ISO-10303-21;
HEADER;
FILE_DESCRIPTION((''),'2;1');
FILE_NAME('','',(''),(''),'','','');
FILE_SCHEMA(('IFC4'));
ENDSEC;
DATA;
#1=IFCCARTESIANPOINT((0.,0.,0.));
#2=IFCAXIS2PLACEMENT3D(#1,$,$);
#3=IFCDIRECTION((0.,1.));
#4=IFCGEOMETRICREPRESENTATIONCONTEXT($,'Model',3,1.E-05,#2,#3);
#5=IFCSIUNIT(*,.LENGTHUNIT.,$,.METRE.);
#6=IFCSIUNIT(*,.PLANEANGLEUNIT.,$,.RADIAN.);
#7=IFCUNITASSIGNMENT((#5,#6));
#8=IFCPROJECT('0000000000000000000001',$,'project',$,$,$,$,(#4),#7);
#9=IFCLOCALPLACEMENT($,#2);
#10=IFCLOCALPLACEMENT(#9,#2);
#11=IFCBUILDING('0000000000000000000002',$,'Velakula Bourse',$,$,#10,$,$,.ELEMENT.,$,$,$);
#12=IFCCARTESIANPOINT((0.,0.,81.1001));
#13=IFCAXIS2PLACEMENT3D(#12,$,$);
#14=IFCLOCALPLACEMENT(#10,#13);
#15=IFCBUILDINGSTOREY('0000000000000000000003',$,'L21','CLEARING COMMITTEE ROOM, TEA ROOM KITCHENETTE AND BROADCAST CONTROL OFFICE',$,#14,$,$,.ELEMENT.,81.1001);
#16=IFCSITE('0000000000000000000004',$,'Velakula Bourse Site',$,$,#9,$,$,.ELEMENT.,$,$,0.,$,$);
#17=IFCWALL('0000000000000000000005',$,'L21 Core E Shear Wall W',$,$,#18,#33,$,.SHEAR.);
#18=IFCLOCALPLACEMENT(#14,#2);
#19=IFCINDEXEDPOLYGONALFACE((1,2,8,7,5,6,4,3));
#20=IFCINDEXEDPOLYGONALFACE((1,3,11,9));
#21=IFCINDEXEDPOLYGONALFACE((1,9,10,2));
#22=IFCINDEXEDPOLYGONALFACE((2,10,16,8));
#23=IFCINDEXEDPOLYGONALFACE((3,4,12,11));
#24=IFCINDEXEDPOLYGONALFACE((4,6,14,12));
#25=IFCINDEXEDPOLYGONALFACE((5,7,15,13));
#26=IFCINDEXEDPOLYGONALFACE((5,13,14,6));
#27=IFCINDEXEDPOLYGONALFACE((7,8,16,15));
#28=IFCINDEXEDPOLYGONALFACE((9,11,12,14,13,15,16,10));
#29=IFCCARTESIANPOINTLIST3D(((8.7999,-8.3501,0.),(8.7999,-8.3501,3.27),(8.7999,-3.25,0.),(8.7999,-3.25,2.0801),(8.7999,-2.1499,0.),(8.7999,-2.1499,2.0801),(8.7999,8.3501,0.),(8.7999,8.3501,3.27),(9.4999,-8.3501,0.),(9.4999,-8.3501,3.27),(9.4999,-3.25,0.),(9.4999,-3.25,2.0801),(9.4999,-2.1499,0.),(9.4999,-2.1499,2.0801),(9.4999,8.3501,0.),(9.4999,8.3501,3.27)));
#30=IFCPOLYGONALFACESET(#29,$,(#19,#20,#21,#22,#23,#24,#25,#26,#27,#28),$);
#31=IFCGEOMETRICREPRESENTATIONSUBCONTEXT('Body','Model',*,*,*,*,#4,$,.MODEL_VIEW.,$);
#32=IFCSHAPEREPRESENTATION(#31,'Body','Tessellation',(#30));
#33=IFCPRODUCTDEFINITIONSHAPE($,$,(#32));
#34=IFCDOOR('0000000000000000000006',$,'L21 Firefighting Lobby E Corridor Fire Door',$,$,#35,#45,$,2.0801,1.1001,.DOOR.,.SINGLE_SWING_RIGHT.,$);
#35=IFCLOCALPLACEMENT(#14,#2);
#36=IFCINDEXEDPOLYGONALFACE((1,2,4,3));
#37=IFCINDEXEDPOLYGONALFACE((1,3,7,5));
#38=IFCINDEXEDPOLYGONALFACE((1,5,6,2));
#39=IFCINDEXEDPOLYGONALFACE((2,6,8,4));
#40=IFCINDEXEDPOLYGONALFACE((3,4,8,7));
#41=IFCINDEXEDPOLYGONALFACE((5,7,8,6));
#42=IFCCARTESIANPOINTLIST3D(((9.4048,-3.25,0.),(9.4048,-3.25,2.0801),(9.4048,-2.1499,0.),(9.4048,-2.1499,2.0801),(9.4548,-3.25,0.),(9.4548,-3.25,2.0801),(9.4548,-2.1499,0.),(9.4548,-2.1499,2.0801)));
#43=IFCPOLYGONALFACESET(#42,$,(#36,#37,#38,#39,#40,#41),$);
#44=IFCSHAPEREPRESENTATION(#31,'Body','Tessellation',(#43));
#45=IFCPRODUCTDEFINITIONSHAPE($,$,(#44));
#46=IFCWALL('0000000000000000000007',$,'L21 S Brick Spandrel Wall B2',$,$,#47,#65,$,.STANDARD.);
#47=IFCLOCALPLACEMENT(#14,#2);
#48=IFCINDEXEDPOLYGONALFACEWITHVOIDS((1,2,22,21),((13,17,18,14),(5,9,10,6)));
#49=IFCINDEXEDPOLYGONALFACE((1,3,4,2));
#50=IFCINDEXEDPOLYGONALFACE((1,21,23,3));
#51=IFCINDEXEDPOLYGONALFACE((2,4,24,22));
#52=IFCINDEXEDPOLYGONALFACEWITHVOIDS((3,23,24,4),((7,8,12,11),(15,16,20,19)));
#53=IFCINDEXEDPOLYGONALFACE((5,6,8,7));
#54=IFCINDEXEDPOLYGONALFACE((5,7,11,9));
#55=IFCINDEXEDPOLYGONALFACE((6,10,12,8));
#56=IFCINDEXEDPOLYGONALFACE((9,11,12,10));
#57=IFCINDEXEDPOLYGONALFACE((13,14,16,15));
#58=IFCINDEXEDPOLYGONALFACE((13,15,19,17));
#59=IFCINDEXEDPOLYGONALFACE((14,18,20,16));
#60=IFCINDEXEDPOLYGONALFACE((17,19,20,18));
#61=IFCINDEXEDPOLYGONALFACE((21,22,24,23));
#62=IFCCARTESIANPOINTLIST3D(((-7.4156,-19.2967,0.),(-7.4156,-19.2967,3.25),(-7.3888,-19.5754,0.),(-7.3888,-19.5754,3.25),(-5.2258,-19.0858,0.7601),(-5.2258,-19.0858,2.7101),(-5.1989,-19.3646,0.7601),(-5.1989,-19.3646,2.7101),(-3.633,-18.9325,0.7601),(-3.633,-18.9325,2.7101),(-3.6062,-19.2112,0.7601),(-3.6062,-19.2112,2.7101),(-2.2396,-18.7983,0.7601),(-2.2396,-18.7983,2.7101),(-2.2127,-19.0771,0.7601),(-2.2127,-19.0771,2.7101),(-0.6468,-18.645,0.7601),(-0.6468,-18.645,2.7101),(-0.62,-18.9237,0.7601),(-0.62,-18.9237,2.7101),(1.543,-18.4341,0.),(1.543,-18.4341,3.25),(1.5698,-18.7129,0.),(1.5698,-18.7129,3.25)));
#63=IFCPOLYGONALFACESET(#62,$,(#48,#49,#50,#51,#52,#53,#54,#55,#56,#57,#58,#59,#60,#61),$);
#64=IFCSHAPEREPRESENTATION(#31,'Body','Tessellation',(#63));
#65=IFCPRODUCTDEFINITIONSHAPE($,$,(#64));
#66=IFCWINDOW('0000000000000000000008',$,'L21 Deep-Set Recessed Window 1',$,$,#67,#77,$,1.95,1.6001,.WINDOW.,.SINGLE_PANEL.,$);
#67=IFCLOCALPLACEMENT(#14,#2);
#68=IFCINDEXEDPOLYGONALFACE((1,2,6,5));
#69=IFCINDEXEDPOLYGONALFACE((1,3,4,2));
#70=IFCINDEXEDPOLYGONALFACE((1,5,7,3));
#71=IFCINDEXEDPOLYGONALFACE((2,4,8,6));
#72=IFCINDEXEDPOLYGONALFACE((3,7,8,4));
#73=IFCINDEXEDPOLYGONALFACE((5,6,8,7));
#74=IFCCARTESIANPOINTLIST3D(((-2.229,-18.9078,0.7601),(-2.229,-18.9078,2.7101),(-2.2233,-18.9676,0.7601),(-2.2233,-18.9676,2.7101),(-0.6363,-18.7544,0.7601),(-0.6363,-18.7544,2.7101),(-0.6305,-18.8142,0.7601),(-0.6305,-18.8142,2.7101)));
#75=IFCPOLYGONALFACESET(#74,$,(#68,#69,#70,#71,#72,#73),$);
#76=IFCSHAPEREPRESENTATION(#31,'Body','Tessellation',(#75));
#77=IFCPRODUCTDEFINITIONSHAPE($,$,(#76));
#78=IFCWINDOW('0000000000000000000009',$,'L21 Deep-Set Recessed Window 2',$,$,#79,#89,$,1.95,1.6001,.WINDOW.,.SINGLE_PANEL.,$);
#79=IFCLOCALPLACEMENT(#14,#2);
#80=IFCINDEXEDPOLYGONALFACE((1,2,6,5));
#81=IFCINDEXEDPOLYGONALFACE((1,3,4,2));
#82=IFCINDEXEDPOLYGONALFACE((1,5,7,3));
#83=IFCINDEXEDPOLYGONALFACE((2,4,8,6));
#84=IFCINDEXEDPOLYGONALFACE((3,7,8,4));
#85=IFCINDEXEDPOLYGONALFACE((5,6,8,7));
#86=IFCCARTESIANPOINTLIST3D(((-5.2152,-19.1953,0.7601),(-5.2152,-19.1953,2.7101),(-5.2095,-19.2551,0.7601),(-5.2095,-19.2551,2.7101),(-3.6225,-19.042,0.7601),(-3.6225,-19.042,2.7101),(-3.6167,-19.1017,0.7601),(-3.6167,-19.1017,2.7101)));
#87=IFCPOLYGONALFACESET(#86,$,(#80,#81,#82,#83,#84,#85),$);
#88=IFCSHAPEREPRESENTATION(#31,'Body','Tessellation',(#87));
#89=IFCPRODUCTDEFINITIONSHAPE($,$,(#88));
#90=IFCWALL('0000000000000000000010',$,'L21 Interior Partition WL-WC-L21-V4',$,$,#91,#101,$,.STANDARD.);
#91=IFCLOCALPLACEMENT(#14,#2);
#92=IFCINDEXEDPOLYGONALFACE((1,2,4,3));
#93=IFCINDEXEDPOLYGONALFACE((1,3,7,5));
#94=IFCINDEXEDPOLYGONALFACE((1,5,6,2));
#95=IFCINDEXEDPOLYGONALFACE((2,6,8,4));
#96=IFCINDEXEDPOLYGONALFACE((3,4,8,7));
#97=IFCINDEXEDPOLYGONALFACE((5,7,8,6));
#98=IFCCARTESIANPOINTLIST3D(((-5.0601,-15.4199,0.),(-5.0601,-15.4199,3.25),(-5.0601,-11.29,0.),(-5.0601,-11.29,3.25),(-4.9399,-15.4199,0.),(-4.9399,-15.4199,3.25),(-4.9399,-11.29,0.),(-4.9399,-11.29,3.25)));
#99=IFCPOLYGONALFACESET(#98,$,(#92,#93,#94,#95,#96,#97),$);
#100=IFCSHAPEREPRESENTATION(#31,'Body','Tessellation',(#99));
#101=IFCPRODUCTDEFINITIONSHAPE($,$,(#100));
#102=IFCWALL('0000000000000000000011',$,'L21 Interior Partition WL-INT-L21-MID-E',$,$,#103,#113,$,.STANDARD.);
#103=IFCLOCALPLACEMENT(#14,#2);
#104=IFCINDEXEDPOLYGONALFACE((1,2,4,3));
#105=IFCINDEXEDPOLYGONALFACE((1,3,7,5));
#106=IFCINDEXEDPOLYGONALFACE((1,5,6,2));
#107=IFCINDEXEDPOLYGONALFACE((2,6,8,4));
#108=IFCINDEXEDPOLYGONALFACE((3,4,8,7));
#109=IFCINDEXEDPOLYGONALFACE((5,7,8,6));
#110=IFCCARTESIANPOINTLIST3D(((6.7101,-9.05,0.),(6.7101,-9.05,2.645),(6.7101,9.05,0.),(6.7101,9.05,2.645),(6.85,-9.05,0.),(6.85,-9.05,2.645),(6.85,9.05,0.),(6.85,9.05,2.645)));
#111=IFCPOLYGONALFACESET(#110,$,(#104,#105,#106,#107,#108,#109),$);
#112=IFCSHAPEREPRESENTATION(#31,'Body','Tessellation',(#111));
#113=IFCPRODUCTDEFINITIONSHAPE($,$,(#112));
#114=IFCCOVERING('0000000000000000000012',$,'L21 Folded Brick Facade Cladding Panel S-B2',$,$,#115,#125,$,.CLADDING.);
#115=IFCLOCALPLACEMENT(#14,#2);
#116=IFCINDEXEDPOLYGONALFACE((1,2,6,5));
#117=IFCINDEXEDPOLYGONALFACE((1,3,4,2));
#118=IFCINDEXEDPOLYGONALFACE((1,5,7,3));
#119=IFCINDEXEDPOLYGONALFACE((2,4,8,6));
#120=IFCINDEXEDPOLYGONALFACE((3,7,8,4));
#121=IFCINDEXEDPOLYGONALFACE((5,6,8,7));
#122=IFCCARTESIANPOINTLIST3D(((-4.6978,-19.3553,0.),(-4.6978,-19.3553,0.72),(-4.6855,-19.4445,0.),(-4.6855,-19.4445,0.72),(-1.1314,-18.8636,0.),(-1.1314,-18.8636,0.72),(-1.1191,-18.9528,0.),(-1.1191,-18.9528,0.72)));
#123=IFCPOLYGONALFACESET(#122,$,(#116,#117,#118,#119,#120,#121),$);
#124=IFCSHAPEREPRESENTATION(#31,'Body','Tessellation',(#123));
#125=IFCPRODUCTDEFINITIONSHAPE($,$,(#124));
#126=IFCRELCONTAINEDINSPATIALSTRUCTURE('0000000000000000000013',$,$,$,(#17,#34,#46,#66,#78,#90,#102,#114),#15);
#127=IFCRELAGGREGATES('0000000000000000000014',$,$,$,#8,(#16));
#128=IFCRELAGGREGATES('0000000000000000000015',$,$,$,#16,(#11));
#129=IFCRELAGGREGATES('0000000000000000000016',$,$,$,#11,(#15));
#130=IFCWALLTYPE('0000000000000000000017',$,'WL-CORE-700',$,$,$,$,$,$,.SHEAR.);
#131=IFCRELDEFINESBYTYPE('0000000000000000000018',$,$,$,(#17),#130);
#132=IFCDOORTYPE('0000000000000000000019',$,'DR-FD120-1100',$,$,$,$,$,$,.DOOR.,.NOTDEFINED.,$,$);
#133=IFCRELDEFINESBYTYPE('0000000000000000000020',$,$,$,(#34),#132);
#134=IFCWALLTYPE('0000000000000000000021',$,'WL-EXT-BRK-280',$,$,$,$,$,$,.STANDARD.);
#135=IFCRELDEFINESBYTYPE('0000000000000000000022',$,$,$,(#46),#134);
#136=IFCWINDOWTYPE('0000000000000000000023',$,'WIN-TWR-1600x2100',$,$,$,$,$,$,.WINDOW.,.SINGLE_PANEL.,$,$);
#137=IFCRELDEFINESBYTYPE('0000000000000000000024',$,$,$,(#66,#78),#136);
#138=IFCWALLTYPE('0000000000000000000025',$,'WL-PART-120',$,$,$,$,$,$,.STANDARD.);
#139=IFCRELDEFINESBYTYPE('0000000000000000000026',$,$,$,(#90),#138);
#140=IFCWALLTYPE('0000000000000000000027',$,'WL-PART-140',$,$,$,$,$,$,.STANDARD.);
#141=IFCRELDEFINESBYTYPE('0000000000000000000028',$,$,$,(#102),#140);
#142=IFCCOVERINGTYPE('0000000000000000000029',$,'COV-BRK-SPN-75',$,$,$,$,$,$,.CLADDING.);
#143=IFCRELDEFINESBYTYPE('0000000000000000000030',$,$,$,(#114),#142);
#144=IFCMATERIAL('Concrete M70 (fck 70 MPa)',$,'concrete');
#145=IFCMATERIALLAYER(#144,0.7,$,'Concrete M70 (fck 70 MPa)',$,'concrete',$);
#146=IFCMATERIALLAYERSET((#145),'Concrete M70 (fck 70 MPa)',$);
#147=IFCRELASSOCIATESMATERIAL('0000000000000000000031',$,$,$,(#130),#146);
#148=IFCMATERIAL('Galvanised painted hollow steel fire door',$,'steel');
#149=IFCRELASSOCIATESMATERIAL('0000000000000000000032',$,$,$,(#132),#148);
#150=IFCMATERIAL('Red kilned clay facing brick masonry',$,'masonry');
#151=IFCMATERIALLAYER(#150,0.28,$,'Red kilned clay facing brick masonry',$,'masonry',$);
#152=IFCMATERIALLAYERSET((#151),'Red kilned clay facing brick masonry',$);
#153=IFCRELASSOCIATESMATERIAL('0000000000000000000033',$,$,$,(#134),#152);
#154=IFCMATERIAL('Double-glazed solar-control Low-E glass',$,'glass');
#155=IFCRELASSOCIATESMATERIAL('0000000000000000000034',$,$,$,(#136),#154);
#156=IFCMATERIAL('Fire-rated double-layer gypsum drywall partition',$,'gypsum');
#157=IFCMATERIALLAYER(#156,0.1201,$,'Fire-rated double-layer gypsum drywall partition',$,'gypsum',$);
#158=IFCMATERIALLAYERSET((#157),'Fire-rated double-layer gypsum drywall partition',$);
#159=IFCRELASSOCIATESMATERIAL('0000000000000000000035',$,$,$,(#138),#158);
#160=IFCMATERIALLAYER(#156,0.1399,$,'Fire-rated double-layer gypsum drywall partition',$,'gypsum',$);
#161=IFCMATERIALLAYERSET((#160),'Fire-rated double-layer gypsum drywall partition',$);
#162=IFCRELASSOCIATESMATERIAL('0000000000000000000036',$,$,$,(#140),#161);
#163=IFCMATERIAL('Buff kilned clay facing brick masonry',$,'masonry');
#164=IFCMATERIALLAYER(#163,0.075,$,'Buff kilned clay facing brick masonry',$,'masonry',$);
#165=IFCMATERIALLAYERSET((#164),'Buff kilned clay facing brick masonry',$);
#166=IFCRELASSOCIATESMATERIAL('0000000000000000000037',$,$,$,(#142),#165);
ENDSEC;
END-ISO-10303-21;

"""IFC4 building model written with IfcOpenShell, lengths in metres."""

from ifc_helpers import new_model, si_unit, direction, frame, frame_2d, origin, origin_2d, place, context, subcontext, project, spatial, rectangle, extrude, material, layer, layer_set, type_object, element, fill, save


model = new_model("IFC4")

# Units and contexts
model_context = context("Model", 3, precision=1e-05, world=origin(), true_north=direction((0.0, 1.0)))
body_context = subcontext(model_context, "Body", "Model", "MODEL_VIEW")
ifc_project = project(units=[si_unit("LENGTHUNIT", "METRE"), si_unit("PLANEANGLEUNIT", "RADIAN")], contexts=[model_context])

# Site, building, storey
site_placement = place(None, origin())
site = spatial("IfcSite", under=ifc_project, at=site_placement, Name="Velakula Bourse Site", CompositionType="ELEMENT", RefElevation=0.0)
building_placement = place(site_placement, origin())
building = spatial("IfcBuilding", under=site, at=building_placement, Name="Velakula Bourse", CompositionType="ELEMENT")
storey_placement = place(building_placement, frame((0.0, 0.0, 81.1001)))
storey = spatial("IfcBuildingStorey", under=building, at=storey_placement, Name="L21", Description="CLEARING COMMITTEE ROOM, TEA ROOM KITCHENETTE AND BROADCAST CONTROL OFFICE", CompositionType="ELEMENT", Elevation=81.1001)

# Shared definitions
ifc_material_1 = material(Name="Concrete M70 (fck 70 MPa)", Category="concrete")

# Shared definitions
ifc_layer_1 = layer(ifc_material_1, 0.7, Name="Concrete M70 (fck 70 MPa)", Category="concrete")
ifc_layer_set_1 = layer_set([ifc_layer_1], Name="Concrete M70 (fck 70 MPa)")
wall_type_1 = type_object("IfcWallType", Name="WL-CORE-700", PredefinedType="SHEAR", material=ifc_layer_set_1)

# Wall, opening, door
wall_1_placement = place(storey_placement, frame((9.1499, -8.3501, 0.0), z_axis=(0.0, 0.0, 1.0), x_axis=(0.0, 1.0, 0.0)))
wall_1 = element("IfcWall", 1, at=wall_1_placement, inside=storey, type_object=wall_type_1, Name="L21 Core E Shear Wall W", PredefinedType="SHEAR", context=body_context, shape_type="SweptSolid", body=[
    extrude(rectangle(XDim=16.7002, YDim=0.7, at=frame_2d((8.3501, 0.0))), origin(), (0.0, 0.0, 1.0), 3.27),
])
opening_1_placement = place(wall_1_placement, frame((5.1001, 0.0, 0.0)))
opening_1 = element("IfcOpeningElement", 2, at=opening_1_placement, cuts=wall_1, PredefinedType="OPENING", context=body_context, shape_type="SweptSolid", body=[
    extrude(rectangle(XDim=1.1001, YDim=2.0801, at=frame_2d((0.55, 1.04))), frame((0.0, 0.3599, 0.0), z_axis=(0.0, -1.0, 0.0), x_axis=(1.0, 0.0, 0.0)), (0.0, 0.0, 1.0), 0.72),
])
ifc_material_2 = material(Name="Galvanised painted hollow steel fire door", Category="steel")
door_type_1 = type_object("IfcDoorType", Name="DR-FD120-1100", OperationType="NOTDEFINED", PredefinedType="DOOR", material=ifc_material_2)
door_1_placement = place(opening_1_placement, origin())
door_1 = element("IfcDoor", 3, at=door_1_placement, inside=storey, type_object=door_type_1, Name="L21 Firefighting Lobby E Corridor Fire Door", OperationType="SINGLE_SWING_RIGHT", OverallHeight=2.0801, OverallWidth=1.1001, PredefinedType="DOOR", context=body_context, shape_type="SweptSolid", body=[
    extrude(rectangle(XDim=1.1001, YDim=2.0801, at=frame_2d((0.55, 1.04))), frame((0.0, -0.2549, 0.0), z_axis=(0.0, -1.0, 0.0), x_axis=(1.0, 0.0, 0.0)), (0.0, 0.0, 1.0), 0.05),
])
fill(opening_1, door_1)

# Wall, openings, windows
ifc_material_3 = material(Name="Red kilned clay facing brick masonry", Category="masonry")
ifc_layer_2 = layer(ifc_material_3, 0.28, Name="Red kilned clay facing brick masonry", Category="masonry")
ifc_layer_set_2 = layer_set([ifc_layer_2], Name="Red kilned clay facing brick masonry")
wall_type_2 = type_object("IfcWallType", Name="WL-EXT-BRK-280", PredefinedType="STANDARD", material=ifc_layer_set_2)
wall_2_placement = place(storey_placement, frame((1.5564, -18.5735, 0.0), z_axis=(0.0, 0.0, 1.0), x_axis=(-0.995397, -0.09584, 0.0)))
wall_2 = element("IfcWall", 4, at=wall_2_placement, inside=storey, type_object=wall_type_2, Name="L21 S Brick Spandrel Wall B2", PredefinedType="STANDARD", context=body_context, shape_type="SweptSolid", body=[
    extrude(rectangle(XDim=9.0, YDim=0.28, at=frame_2d((4.5, 0.0))), origin(), (0.0, 0.0, 1.0), 3.25),
])
opening_2_placement = place(wall_2_placement, frame((2.2, 0.0, 0.76)))
opening_2 = element("IfcOpeningElement", 5, at=opening_2_placement, cuts=wall_2, PredefinedType="OPENING", context=body_context, shape_type="SweptSolid", body=[
    extrude(rectangle(XDim=1.6001, YDim=1.95, at=frame_2d((0.8, 0.9751))), frame((0.0, 0.1499, 0.0), z_axis=(0.0, -1.0, 0.0), x_axis=(1.0, 0.0, 0.0)), (0.0, 0.0, 1.0), 0.3),
])
opening_3_placement = place(wall_2_placement, frame((5.2, 0.0, 0.76)))
opening_3 = element("IfcOpeningElement", 6, at=opening_3_placement, cuts=wall_2, PredefinedType="OPENING", context=body_context, shape_type="SweptSolid", body=[
    extrude(rectangle(XDim=1.6001, YDim=1.95, at=frame_2d((0.8, 0.9751))), frame((0.0, 0.1499, 0.0), z_axis=(0.0, -1.0, 0.0), x_axis=(1.0, 0.0, 0.0)), (0.0, 0.0, 1.0), 0.3),
])
ifc_material_4 = material(Name="Double-glazed solar-control Low-E glass", Category="glass")
window_type = type_object("IfcWindowType", Name="WIN-TWR-1600x2100", PartitioningType="SINGLE_PANEL", PredefinedType="WINDOW", material=ifc_material_4)
window_1_placement = place(opening_2_placement, origin())
window_1 = element("IfcWindow", 7, at=window_1_placement, inside=storey, type_object=window_type, Name="L21 Deep-Set Recessed Window 1", OverallHeight=1.95, OverallWidth=1.6001, PartitioningType="SINGLE_PANEL", PredefinedType="WINDOW", context=body_context, shape_type="SweptSolid", body=[
    extrude(rectangle(XDim=1.6001, YDim=1.95, at=frame_2d((0.8, 0.9751))), frame((0.0, 0.03, 0.0), z_axis=(0.0, -1.0, 0.0), x_axis=(1.0, 0.0, 0.0)), (0.0, 0.0, 1.0), 0.0601),
])
fill(opening_2, window_1)
window_2_placement = place(opening_3_placement, origin())
window_2 = element("IfcWindow", 8, at=window_2_placement, inside=storey, type_object=window_type, Name="L21 Deep-Set Recessed Window 2", OverallHeight=1.95, OverallWidth=1.6001, PartitioningType="SINGLE_PANEL", PredefinedType="WINDOW", context=body_context, shape_type="SweptSolid", body=[
    extrude(rectangle(XDim=1.6001, YDim=1.95, at=frame_2d((0.8, 0.9751))), frame((0.0, 0.03, 0.0), z_axis=(0.0, -1.0, 0.0), x_axis=(1.0, 0.0, 0.0)), (0.0, 0.0, 1.0), 0.0601),
])
fill(opening_3, window_2)

# Walls
ifc_material_5 = material(Name="Fire-rated double-layer gypsum drywall partition", Category="gypsum")
ifc_layer_3 = layer(ifc_material_5, 0.1201, Name="Fire-rated double-layer gypsum drywall partition", Category="gypsum")
ifc_layer_set_3 = layer_set([ifc_layer_3], Name="Fire-rated double-layer gypsum drywall partition")
wall_type_3 = type_object("IfcWallType", Name="WL-PART-120", PredefinedType="STANDARD", material=ifc_layer_set_3)
wall_3_placement = place(storey_placement, frame((-5.0, -15.4199, 0.0), z_axis=(0.0, 0.0, 1.0), x_axis=(0.0, 1.0, 0.0)))
element("IfcWall", 9, at=wall_3_placement, inside=storey, type_object=wall_type_3, Name="L21 Interior Partition WL-WC-L21-V4", PredefinedType="STANDARD", context=body_context, shape_type="SweptSolid", body=[
    extrude(rectangle(XDim=4.1299, YDim=0.1201, at=frame_2d((2.0649, 0.0))), origin(), (0.0, 0.0, 1.0), 3.25),
])
ifc_layer_4 = layer(ifc_material_5, 0.1399, Name="Fire-rated double-layer gypsum drywall partition", Category="gypsum")
ifc_layer_set_4 = layer_set([ifc_layer_4], Name="Fire-rated double-layer gypsum drywall partition")
wall_type_4 = type_object("IfcWallType", Name="WL-PART-140", PredefinedType="STANDARD", material=ifc_layer_set_4)
wall_4_placement = place(storey_placement, frame((6.78, -9.05, 0.0), z_axis=(0.0, 0.0, 1.0), x_axis=(0.0, 1.0, 0.0)))
element("IfcWall", 10, at=wall_4_placement, inside=storey, type_object=wall_type_4, Name="L21 Interior Partition WL-INT-L21-MID-E", PredefinedType="STANDARD", context=body_context, shape_type="SweptSolid", body=[
    extrude(rectangle(XDim=18.1001, YDim=0.1399, at=frame_2d((9.05, 0.0))), origin(), (0.0, 0.0, 1.0), 2.645),
])

# Covering
ifc_material_6 = material(Name="Buff kilned clay facing brick masonry", Category="masonry")
ifc_layer_5 = layer(ifc_material_6, 0.075, Name="Buff kilned clay facing brick masonry", Category="masonry")
ifc_layer_set_5 = layer_set([ifc_layer_5], Name="Buff kilned clay facing brick masonry")
covering_type = type_object("IfcCoveringType", Name="COV-BRK-SPN-75", PredefinedType="CLADDING", material=ifc_layer_set_5)
covering_placement = place(storey_placement, frame((-2.9084, -19.1541, 0.0), z_axis=(0.0, 0.0, 1.0), x_axis=(0.990629, 0.13658, 0.0)))
element("IfcCovering", 11, at=covering_placement, inside=storey, type_object=covering_type, Name="L21 Folded Brick Facade Cladding Panel S-B2", PredefinedType="CLADDING", context=body_context, shape_type="SweptSolid", body=[
    extrude(rectangle(XDim=3.6001, YDim=0.0901, at=origin_2d()), origin(), (0.0, 0.0, 1.0), 0.72),
])

save(model, "model.ifc")
